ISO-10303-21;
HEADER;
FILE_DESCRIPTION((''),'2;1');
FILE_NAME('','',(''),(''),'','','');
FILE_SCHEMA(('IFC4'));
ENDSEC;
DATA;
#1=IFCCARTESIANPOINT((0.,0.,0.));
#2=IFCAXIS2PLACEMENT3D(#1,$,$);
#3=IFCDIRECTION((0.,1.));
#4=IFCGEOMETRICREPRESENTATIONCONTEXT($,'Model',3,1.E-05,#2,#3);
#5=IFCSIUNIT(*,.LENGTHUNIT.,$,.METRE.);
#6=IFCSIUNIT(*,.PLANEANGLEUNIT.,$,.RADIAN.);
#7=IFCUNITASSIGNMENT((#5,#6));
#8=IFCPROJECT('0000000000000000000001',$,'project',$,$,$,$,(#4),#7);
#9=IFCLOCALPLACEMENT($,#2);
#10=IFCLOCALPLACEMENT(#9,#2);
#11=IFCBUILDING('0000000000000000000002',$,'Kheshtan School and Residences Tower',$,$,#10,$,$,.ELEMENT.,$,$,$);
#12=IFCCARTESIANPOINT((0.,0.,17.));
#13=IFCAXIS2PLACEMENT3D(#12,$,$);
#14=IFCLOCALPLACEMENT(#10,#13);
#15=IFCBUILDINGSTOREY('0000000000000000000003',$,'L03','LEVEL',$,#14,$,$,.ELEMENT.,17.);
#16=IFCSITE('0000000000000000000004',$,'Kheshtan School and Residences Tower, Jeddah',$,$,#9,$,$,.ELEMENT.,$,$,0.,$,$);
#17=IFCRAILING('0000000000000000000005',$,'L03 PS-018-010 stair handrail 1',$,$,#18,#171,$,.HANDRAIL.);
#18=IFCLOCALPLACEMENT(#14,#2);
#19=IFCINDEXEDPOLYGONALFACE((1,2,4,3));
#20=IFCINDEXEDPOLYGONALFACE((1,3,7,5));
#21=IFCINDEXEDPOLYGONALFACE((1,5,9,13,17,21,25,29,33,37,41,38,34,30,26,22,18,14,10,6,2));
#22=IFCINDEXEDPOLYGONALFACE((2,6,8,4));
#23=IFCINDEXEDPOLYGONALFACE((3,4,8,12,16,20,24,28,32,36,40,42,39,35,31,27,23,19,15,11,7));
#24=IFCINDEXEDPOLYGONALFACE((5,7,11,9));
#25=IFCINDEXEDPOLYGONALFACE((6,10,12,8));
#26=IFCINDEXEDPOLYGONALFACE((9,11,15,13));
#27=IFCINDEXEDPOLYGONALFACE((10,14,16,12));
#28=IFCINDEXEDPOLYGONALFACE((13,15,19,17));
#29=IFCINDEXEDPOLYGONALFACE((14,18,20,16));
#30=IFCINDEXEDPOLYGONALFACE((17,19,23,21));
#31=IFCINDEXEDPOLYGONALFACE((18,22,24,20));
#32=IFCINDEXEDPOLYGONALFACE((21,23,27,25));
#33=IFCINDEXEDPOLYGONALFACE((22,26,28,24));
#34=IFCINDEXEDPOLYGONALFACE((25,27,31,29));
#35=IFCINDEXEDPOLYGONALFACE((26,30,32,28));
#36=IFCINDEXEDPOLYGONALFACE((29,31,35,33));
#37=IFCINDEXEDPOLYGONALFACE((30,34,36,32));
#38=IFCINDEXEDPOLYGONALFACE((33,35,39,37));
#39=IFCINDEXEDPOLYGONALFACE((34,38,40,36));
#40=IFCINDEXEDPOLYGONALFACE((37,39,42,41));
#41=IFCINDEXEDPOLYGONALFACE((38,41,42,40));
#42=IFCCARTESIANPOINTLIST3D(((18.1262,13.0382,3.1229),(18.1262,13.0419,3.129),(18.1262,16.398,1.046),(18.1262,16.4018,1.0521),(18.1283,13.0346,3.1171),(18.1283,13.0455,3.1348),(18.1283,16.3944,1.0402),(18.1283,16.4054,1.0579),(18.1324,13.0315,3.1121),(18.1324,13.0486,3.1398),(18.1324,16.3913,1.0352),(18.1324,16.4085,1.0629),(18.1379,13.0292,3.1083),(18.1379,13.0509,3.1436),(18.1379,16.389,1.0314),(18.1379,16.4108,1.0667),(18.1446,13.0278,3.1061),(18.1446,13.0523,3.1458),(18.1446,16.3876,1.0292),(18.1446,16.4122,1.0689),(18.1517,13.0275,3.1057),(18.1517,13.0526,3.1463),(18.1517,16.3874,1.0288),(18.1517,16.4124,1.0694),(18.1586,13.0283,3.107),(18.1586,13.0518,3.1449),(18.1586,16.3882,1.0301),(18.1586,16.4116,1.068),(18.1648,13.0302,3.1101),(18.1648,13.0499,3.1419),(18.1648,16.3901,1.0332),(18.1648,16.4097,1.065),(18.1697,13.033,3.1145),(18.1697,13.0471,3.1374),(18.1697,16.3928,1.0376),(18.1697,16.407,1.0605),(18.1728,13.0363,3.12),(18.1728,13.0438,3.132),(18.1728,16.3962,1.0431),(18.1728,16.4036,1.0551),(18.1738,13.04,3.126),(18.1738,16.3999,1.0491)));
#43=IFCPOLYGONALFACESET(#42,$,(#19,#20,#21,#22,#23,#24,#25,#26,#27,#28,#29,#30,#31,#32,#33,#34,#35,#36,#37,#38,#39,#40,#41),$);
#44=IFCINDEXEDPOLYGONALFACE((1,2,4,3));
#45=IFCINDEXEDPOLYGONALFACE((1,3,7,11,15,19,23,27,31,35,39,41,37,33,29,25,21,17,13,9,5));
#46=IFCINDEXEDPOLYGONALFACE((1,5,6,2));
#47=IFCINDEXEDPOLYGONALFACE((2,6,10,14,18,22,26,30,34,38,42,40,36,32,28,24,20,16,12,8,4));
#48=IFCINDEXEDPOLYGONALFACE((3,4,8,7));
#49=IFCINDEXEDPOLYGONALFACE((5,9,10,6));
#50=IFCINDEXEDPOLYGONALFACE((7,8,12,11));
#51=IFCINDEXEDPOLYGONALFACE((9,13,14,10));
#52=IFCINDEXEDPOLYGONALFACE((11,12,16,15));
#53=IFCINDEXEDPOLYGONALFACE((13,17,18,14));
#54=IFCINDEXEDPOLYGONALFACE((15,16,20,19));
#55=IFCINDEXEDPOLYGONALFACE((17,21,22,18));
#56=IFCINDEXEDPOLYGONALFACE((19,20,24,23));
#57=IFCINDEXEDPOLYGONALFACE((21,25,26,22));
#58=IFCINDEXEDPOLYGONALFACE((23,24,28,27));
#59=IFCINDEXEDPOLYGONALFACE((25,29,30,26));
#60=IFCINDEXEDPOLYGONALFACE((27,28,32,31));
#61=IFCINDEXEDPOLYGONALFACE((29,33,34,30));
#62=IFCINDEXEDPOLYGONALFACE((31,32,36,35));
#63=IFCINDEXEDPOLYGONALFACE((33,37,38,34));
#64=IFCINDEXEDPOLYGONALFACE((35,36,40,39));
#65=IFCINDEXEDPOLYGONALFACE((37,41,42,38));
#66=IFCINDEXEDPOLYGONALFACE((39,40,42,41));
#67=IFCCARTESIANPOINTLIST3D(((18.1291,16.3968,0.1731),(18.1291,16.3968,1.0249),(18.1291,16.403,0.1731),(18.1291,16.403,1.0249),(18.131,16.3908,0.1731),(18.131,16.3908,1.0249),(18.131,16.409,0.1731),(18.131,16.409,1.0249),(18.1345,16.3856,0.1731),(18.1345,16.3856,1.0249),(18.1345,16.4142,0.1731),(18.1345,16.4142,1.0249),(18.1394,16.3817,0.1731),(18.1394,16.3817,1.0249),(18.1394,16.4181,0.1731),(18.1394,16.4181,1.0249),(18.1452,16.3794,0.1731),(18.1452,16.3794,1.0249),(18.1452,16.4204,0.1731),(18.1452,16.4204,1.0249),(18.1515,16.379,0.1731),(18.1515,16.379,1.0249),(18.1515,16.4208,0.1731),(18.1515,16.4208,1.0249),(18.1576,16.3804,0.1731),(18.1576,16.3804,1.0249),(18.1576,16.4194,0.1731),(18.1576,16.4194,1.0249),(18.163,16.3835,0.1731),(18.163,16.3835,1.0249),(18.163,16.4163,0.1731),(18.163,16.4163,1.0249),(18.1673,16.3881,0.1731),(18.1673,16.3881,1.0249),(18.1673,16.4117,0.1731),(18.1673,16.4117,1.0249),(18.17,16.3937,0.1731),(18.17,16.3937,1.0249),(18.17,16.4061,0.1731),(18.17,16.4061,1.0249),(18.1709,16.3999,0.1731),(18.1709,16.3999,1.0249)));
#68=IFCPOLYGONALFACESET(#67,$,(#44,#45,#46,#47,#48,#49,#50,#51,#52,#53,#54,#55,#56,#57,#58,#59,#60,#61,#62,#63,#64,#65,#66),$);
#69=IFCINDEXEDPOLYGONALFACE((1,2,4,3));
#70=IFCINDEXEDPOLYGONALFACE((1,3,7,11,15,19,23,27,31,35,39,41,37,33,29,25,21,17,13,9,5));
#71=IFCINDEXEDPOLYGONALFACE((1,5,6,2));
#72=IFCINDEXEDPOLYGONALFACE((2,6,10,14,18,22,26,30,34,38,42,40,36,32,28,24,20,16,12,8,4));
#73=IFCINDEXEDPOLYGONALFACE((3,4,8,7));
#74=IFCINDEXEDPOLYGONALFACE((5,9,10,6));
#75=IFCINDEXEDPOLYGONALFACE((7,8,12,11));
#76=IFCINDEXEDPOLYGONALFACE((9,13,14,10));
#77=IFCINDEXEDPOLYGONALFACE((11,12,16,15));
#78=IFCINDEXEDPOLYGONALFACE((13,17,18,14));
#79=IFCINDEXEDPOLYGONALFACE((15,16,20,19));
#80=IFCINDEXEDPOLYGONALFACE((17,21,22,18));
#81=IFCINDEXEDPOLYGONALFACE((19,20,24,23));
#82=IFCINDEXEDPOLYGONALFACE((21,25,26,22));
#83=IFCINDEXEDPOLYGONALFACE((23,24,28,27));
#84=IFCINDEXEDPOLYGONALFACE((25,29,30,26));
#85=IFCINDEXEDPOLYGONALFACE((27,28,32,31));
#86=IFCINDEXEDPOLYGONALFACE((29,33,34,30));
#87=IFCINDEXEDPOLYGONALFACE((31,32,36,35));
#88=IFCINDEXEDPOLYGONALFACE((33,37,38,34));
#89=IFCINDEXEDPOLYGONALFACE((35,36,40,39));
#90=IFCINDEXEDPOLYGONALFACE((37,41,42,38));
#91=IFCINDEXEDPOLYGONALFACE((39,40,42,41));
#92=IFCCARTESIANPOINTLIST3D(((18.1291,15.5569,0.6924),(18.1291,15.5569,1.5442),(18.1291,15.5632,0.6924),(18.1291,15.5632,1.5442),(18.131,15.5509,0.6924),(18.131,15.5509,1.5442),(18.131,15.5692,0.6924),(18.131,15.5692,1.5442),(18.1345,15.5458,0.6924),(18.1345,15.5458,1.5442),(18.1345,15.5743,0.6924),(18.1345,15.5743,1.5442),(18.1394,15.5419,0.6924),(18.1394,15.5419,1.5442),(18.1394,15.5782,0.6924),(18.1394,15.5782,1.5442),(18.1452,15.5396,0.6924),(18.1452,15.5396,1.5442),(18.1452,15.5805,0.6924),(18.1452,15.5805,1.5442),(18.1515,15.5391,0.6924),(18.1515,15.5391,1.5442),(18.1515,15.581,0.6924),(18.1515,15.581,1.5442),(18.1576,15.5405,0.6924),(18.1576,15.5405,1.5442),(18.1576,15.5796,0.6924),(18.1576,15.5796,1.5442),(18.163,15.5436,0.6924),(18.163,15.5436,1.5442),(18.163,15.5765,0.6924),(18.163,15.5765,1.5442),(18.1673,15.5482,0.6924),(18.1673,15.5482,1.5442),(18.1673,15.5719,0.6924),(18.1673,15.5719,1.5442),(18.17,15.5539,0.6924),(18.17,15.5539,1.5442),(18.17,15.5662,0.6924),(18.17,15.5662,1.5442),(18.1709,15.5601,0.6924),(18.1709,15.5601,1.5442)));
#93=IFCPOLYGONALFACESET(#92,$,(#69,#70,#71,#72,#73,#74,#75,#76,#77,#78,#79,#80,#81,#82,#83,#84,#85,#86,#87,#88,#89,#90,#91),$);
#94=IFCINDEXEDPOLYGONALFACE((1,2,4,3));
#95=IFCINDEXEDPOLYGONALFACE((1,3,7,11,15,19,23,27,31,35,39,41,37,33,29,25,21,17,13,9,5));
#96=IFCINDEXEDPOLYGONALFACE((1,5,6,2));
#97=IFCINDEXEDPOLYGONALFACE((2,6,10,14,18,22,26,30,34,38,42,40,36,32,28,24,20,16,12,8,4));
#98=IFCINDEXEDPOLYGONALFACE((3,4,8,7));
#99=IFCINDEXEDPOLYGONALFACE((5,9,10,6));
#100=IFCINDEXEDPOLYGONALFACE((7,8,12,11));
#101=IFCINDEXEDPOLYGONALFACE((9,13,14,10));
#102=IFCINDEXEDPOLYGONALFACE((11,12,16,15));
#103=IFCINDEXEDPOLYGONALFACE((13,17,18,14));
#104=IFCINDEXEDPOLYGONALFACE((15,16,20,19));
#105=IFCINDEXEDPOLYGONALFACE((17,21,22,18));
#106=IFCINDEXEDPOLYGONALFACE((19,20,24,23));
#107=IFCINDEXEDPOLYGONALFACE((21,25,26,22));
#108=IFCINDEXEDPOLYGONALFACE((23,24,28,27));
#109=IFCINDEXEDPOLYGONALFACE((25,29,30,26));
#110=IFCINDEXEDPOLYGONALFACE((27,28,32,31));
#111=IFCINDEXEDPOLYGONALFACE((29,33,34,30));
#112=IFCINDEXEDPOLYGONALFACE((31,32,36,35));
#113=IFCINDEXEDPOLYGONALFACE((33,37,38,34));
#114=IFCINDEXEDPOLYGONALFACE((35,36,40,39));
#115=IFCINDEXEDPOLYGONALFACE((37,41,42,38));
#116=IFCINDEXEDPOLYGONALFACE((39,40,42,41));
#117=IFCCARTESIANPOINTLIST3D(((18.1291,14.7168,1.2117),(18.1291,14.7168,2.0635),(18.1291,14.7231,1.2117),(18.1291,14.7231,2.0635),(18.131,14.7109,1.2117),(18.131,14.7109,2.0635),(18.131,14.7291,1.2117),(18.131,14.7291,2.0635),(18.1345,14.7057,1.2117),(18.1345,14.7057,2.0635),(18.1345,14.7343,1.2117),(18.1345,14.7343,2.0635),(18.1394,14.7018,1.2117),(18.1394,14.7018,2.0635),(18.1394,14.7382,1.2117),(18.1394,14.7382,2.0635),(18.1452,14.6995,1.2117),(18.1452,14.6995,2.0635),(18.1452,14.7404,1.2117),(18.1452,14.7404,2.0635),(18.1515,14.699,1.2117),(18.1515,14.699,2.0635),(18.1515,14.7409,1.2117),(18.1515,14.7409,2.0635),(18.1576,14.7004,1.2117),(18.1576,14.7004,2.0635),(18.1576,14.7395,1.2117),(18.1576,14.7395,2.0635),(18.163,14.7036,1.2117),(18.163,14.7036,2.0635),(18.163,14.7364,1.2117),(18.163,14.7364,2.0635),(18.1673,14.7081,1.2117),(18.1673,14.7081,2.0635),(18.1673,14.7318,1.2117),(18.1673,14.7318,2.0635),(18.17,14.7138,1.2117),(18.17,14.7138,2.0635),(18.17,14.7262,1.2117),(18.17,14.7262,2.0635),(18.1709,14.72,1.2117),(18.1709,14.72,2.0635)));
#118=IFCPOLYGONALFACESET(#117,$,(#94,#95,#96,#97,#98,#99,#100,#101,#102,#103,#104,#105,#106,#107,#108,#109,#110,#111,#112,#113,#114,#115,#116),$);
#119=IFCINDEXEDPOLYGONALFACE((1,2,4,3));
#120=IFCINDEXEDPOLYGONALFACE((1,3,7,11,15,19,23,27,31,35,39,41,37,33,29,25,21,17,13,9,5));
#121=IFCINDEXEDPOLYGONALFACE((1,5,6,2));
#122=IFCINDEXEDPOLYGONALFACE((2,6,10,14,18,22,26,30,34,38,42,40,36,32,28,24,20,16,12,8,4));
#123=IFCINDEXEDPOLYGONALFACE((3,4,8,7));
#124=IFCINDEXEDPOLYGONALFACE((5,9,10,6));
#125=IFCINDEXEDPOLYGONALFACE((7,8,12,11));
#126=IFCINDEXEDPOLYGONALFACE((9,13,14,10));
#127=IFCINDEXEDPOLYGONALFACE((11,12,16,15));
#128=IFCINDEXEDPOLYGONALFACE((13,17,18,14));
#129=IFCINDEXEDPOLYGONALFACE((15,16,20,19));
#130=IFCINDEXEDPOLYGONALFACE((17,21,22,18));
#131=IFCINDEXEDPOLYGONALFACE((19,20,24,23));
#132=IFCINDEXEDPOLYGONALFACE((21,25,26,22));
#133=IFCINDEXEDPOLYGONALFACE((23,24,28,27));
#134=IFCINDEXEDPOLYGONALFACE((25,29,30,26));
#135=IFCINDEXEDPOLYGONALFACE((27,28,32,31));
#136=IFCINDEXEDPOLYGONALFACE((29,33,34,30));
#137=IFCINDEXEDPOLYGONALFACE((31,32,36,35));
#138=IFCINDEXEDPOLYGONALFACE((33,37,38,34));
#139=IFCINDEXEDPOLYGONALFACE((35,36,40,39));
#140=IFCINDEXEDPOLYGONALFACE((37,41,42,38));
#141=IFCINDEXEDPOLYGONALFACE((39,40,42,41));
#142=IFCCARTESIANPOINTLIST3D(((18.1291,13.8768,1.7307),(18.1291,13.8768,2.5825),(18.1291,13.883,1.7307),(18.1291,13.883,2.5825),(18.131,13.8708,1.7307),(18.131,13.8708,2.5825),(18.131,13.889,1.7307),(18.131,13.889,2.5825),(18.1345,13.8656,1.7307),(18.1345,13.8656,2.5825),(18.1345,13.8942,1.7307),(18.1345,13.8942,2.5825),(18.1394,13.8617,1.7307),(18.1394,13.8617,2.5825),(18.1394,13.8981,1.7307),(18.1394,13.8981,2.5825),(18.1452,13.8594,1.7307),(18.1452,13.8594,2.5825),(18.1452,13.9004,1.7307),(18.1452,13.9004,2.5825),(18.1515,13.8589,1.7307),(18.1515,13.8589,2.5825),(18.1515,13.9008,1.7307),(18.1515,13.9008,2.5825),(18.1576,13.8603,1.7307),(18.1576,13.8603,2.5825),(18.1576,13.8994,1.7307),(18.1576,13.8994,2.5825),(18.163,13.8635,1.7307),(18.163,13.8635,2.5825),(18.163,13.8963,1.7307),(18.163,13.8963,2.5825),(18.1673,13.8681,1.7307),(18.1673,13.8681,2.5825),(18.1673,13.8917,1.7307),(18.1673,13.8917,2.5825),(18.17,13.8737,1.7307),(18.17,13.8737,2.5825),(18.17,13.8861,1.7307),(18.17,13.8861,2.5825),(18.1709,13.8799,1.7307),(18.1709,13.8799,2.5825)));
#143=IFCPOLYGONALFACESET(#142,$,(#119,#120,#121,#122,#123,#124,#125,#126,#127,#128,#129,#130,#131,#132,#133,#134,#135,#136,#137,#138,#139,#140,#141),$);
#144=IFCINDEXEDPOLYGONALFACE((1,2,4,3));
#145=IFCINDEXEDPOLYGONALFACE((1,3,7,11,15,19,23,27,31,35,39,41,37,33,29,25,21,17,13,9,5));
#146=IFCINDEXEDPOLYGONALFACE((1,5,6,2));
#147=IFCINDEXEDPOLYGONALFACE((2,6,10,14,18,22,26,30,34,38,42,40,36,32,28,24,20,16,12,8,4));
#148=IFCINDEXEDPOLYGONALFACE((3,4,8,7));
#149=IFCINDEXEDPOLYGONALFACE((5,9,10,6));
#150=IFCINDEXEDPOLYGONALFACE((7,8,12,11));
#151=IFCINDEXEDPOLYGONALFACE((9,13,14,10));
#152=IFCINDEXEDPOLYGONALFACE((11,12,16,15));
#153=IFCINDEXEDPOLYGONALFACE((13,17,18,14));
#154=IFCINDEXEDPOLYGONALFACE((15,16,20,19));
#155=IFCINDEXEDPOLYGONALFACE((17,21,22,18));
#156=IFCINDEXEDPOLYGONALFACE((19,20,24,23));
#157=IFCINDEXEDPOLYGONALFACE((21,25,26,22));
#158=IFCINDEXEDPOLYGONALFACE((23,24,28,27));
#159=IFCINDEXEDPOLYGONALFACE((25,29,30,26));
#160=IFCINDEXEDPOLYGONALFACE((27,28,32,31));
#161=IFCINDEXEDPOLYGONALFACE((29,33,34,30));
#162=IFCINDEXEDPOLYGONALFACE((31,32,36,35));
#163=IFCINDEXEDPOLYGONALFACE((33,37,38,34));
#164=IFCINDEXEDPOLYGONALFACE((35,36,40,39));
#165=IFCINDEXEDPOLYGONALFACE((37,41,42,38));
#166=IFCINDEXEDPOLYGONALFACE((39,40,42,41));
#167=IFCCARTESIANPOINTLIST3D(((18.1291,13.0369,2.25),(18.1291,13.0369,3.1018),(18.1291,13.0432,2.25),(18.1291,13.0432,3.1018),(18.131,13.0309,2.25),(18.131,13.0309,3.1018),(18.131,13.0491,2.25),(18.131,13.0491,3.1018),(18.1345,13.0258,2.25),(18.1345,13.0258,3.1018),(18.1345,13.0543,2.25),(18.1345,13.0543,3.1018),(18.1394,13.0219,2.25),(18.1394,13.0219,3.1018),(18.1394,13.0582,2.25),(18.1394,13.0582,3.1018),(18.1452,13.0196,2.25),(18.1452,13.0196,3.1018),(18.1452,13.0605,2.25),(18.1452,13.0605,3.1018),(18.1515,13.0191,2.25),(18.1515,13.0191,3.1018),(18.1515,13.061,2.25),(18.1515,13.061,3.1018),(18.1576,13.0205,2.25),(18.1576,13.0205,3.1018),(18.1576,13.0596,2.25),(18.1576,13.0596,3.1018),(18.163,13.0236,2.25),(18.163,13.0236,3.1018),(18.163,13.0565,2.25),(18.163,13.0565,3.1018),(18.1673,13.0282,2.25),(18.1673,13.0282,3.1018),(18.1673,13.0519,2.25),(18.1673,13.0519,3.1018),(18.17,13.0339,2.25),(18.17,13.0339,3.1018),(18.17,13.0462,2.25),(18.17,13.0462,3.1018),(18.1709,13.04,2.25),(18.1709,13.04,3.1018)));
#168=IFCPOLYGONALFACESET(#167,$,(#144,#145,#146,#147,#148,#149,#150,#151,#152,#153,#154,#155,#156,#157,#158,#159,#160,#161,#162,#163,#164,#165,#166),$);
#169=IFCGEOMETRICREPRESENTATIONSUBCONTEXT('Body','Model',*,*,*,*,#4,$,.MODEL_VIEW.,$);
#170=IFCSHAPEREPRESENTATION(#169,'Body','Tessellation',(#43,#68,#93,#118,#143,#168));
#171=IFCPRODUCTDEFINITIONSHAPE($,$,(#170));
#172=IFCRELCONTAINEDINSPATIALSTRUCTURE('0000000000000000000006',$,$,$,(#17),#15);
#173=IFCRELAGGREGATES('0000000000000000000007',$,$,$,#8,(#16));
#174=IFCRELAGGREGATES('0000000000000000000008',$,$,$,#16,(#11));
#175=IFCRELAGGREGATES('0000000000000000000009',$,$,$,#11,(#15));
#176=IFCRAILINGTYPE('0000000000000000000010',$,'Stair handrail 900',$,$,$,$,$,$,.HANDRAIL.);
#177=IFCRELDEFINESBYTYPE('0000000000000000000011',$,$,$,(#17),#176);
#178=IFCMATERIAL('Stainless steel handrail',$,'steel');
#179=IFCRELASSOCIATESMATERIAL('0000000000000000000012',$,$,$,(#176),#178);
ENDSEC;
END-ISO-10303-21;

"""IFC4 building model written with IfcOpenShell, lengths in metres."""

from ifc_helpers import new_model, si_unit, direction, frame, origin, origin_2d, place, context, subcontext, project, spatial, circle, extrude, material, type_object, element, save


model = new_model("IFC4")

# Units and contexts
model_context = context("Model", 3, precision=1e-05, world=origin(), true_north=direction((0.0, 1.0)))
body_context = subcontext(model_context, "Body", "Model", "MODEL_VIEW")
ifc_project = project(units=[si_unit("LENGTHUNIT", "METRE"), si_unit("PLANEANGLEUNIT", "RADIAN")], contexts=[model_context])

# Site, building, storey
site_placement = place(None, origin())
site = spatial("IfcSite", under=ifc_project, at=site_placement, Name="Kheshtan School and Residences Tower, Jeddah", CompositionType="ELEMENT", RefElevation=0.0)
building_placement = place(site_placement, origin())
building = spatial("IfcBuilding", under=site, at=building_placement, Name="Kheshtan School and Residences Tower", CompositionType="ELEMENT")
storey_placement = place(building_placement, frame((0.0, 0.0, 17.0)))
storey = spatial("IfcBuildingStorey", under=building, at=storey_placement, Name="L03", Description="LEVEL", CompositionType="ELEMENT", Elevation=17.0)

# Railing
ifc_material_1 = material(Name="Stainless steel handrail", Category="steel")
railing_type_1 = type_object("IfcRailingType", Name="Stair handrail 900", PredefinedType="HANDRAIL", material=ifc_material_1)
railing_1_placement = place(storey_placement, frame((18.1499, 16.3999, 0.1731)))
element("IfcRailing", 1, at=railing_1_placement, inside=storey, type_object=railing_type_1, Name="L03 PS-018-010 stair handrail 1", PredefinedType="HANDRAIL", context=body_context, shape_type="SweptSolid", body=[
    extrude(circle(Radius=0.0239, at=origin_2d()), frame((0.0, 0.0, 0.876), z_axis=(0.0, -0.850606, 0.525803), x_axis=(1.0, 0.0, 0.0)), (0.0, 0.0, 1.0), 3.95),
    extrude(circle(Radius=0.021, at=origin_2d()), origin(), (0.0, 0.0, 1.0), 0.8518),
    extrude(circle(Radius=0.021, at=origin_2d()), frame((0.0, -0.8398, 0.5193)), (0.0, 0.0, 1.0), 0.8518),
    extrude(circle(Radius=0.021, at=origin_2d()), frame((0.0, -1.6799, 1.0386)), (0.0, 0.0, 1.0), 0.8518),
    extrude(circle(Radius=0.021, at=origin_2d()), frame((0.0, -2.52, 1.5576)), (0.0, 0.0, 1.0), 0.8518),
    extrude(circle(Radius=0.021, at=origin_2d()), frame((0.0, -3.3599, 2.0769)), (0.0, 0.0, 1.0), 0.8518),
])

save(model, "model.ifc")
